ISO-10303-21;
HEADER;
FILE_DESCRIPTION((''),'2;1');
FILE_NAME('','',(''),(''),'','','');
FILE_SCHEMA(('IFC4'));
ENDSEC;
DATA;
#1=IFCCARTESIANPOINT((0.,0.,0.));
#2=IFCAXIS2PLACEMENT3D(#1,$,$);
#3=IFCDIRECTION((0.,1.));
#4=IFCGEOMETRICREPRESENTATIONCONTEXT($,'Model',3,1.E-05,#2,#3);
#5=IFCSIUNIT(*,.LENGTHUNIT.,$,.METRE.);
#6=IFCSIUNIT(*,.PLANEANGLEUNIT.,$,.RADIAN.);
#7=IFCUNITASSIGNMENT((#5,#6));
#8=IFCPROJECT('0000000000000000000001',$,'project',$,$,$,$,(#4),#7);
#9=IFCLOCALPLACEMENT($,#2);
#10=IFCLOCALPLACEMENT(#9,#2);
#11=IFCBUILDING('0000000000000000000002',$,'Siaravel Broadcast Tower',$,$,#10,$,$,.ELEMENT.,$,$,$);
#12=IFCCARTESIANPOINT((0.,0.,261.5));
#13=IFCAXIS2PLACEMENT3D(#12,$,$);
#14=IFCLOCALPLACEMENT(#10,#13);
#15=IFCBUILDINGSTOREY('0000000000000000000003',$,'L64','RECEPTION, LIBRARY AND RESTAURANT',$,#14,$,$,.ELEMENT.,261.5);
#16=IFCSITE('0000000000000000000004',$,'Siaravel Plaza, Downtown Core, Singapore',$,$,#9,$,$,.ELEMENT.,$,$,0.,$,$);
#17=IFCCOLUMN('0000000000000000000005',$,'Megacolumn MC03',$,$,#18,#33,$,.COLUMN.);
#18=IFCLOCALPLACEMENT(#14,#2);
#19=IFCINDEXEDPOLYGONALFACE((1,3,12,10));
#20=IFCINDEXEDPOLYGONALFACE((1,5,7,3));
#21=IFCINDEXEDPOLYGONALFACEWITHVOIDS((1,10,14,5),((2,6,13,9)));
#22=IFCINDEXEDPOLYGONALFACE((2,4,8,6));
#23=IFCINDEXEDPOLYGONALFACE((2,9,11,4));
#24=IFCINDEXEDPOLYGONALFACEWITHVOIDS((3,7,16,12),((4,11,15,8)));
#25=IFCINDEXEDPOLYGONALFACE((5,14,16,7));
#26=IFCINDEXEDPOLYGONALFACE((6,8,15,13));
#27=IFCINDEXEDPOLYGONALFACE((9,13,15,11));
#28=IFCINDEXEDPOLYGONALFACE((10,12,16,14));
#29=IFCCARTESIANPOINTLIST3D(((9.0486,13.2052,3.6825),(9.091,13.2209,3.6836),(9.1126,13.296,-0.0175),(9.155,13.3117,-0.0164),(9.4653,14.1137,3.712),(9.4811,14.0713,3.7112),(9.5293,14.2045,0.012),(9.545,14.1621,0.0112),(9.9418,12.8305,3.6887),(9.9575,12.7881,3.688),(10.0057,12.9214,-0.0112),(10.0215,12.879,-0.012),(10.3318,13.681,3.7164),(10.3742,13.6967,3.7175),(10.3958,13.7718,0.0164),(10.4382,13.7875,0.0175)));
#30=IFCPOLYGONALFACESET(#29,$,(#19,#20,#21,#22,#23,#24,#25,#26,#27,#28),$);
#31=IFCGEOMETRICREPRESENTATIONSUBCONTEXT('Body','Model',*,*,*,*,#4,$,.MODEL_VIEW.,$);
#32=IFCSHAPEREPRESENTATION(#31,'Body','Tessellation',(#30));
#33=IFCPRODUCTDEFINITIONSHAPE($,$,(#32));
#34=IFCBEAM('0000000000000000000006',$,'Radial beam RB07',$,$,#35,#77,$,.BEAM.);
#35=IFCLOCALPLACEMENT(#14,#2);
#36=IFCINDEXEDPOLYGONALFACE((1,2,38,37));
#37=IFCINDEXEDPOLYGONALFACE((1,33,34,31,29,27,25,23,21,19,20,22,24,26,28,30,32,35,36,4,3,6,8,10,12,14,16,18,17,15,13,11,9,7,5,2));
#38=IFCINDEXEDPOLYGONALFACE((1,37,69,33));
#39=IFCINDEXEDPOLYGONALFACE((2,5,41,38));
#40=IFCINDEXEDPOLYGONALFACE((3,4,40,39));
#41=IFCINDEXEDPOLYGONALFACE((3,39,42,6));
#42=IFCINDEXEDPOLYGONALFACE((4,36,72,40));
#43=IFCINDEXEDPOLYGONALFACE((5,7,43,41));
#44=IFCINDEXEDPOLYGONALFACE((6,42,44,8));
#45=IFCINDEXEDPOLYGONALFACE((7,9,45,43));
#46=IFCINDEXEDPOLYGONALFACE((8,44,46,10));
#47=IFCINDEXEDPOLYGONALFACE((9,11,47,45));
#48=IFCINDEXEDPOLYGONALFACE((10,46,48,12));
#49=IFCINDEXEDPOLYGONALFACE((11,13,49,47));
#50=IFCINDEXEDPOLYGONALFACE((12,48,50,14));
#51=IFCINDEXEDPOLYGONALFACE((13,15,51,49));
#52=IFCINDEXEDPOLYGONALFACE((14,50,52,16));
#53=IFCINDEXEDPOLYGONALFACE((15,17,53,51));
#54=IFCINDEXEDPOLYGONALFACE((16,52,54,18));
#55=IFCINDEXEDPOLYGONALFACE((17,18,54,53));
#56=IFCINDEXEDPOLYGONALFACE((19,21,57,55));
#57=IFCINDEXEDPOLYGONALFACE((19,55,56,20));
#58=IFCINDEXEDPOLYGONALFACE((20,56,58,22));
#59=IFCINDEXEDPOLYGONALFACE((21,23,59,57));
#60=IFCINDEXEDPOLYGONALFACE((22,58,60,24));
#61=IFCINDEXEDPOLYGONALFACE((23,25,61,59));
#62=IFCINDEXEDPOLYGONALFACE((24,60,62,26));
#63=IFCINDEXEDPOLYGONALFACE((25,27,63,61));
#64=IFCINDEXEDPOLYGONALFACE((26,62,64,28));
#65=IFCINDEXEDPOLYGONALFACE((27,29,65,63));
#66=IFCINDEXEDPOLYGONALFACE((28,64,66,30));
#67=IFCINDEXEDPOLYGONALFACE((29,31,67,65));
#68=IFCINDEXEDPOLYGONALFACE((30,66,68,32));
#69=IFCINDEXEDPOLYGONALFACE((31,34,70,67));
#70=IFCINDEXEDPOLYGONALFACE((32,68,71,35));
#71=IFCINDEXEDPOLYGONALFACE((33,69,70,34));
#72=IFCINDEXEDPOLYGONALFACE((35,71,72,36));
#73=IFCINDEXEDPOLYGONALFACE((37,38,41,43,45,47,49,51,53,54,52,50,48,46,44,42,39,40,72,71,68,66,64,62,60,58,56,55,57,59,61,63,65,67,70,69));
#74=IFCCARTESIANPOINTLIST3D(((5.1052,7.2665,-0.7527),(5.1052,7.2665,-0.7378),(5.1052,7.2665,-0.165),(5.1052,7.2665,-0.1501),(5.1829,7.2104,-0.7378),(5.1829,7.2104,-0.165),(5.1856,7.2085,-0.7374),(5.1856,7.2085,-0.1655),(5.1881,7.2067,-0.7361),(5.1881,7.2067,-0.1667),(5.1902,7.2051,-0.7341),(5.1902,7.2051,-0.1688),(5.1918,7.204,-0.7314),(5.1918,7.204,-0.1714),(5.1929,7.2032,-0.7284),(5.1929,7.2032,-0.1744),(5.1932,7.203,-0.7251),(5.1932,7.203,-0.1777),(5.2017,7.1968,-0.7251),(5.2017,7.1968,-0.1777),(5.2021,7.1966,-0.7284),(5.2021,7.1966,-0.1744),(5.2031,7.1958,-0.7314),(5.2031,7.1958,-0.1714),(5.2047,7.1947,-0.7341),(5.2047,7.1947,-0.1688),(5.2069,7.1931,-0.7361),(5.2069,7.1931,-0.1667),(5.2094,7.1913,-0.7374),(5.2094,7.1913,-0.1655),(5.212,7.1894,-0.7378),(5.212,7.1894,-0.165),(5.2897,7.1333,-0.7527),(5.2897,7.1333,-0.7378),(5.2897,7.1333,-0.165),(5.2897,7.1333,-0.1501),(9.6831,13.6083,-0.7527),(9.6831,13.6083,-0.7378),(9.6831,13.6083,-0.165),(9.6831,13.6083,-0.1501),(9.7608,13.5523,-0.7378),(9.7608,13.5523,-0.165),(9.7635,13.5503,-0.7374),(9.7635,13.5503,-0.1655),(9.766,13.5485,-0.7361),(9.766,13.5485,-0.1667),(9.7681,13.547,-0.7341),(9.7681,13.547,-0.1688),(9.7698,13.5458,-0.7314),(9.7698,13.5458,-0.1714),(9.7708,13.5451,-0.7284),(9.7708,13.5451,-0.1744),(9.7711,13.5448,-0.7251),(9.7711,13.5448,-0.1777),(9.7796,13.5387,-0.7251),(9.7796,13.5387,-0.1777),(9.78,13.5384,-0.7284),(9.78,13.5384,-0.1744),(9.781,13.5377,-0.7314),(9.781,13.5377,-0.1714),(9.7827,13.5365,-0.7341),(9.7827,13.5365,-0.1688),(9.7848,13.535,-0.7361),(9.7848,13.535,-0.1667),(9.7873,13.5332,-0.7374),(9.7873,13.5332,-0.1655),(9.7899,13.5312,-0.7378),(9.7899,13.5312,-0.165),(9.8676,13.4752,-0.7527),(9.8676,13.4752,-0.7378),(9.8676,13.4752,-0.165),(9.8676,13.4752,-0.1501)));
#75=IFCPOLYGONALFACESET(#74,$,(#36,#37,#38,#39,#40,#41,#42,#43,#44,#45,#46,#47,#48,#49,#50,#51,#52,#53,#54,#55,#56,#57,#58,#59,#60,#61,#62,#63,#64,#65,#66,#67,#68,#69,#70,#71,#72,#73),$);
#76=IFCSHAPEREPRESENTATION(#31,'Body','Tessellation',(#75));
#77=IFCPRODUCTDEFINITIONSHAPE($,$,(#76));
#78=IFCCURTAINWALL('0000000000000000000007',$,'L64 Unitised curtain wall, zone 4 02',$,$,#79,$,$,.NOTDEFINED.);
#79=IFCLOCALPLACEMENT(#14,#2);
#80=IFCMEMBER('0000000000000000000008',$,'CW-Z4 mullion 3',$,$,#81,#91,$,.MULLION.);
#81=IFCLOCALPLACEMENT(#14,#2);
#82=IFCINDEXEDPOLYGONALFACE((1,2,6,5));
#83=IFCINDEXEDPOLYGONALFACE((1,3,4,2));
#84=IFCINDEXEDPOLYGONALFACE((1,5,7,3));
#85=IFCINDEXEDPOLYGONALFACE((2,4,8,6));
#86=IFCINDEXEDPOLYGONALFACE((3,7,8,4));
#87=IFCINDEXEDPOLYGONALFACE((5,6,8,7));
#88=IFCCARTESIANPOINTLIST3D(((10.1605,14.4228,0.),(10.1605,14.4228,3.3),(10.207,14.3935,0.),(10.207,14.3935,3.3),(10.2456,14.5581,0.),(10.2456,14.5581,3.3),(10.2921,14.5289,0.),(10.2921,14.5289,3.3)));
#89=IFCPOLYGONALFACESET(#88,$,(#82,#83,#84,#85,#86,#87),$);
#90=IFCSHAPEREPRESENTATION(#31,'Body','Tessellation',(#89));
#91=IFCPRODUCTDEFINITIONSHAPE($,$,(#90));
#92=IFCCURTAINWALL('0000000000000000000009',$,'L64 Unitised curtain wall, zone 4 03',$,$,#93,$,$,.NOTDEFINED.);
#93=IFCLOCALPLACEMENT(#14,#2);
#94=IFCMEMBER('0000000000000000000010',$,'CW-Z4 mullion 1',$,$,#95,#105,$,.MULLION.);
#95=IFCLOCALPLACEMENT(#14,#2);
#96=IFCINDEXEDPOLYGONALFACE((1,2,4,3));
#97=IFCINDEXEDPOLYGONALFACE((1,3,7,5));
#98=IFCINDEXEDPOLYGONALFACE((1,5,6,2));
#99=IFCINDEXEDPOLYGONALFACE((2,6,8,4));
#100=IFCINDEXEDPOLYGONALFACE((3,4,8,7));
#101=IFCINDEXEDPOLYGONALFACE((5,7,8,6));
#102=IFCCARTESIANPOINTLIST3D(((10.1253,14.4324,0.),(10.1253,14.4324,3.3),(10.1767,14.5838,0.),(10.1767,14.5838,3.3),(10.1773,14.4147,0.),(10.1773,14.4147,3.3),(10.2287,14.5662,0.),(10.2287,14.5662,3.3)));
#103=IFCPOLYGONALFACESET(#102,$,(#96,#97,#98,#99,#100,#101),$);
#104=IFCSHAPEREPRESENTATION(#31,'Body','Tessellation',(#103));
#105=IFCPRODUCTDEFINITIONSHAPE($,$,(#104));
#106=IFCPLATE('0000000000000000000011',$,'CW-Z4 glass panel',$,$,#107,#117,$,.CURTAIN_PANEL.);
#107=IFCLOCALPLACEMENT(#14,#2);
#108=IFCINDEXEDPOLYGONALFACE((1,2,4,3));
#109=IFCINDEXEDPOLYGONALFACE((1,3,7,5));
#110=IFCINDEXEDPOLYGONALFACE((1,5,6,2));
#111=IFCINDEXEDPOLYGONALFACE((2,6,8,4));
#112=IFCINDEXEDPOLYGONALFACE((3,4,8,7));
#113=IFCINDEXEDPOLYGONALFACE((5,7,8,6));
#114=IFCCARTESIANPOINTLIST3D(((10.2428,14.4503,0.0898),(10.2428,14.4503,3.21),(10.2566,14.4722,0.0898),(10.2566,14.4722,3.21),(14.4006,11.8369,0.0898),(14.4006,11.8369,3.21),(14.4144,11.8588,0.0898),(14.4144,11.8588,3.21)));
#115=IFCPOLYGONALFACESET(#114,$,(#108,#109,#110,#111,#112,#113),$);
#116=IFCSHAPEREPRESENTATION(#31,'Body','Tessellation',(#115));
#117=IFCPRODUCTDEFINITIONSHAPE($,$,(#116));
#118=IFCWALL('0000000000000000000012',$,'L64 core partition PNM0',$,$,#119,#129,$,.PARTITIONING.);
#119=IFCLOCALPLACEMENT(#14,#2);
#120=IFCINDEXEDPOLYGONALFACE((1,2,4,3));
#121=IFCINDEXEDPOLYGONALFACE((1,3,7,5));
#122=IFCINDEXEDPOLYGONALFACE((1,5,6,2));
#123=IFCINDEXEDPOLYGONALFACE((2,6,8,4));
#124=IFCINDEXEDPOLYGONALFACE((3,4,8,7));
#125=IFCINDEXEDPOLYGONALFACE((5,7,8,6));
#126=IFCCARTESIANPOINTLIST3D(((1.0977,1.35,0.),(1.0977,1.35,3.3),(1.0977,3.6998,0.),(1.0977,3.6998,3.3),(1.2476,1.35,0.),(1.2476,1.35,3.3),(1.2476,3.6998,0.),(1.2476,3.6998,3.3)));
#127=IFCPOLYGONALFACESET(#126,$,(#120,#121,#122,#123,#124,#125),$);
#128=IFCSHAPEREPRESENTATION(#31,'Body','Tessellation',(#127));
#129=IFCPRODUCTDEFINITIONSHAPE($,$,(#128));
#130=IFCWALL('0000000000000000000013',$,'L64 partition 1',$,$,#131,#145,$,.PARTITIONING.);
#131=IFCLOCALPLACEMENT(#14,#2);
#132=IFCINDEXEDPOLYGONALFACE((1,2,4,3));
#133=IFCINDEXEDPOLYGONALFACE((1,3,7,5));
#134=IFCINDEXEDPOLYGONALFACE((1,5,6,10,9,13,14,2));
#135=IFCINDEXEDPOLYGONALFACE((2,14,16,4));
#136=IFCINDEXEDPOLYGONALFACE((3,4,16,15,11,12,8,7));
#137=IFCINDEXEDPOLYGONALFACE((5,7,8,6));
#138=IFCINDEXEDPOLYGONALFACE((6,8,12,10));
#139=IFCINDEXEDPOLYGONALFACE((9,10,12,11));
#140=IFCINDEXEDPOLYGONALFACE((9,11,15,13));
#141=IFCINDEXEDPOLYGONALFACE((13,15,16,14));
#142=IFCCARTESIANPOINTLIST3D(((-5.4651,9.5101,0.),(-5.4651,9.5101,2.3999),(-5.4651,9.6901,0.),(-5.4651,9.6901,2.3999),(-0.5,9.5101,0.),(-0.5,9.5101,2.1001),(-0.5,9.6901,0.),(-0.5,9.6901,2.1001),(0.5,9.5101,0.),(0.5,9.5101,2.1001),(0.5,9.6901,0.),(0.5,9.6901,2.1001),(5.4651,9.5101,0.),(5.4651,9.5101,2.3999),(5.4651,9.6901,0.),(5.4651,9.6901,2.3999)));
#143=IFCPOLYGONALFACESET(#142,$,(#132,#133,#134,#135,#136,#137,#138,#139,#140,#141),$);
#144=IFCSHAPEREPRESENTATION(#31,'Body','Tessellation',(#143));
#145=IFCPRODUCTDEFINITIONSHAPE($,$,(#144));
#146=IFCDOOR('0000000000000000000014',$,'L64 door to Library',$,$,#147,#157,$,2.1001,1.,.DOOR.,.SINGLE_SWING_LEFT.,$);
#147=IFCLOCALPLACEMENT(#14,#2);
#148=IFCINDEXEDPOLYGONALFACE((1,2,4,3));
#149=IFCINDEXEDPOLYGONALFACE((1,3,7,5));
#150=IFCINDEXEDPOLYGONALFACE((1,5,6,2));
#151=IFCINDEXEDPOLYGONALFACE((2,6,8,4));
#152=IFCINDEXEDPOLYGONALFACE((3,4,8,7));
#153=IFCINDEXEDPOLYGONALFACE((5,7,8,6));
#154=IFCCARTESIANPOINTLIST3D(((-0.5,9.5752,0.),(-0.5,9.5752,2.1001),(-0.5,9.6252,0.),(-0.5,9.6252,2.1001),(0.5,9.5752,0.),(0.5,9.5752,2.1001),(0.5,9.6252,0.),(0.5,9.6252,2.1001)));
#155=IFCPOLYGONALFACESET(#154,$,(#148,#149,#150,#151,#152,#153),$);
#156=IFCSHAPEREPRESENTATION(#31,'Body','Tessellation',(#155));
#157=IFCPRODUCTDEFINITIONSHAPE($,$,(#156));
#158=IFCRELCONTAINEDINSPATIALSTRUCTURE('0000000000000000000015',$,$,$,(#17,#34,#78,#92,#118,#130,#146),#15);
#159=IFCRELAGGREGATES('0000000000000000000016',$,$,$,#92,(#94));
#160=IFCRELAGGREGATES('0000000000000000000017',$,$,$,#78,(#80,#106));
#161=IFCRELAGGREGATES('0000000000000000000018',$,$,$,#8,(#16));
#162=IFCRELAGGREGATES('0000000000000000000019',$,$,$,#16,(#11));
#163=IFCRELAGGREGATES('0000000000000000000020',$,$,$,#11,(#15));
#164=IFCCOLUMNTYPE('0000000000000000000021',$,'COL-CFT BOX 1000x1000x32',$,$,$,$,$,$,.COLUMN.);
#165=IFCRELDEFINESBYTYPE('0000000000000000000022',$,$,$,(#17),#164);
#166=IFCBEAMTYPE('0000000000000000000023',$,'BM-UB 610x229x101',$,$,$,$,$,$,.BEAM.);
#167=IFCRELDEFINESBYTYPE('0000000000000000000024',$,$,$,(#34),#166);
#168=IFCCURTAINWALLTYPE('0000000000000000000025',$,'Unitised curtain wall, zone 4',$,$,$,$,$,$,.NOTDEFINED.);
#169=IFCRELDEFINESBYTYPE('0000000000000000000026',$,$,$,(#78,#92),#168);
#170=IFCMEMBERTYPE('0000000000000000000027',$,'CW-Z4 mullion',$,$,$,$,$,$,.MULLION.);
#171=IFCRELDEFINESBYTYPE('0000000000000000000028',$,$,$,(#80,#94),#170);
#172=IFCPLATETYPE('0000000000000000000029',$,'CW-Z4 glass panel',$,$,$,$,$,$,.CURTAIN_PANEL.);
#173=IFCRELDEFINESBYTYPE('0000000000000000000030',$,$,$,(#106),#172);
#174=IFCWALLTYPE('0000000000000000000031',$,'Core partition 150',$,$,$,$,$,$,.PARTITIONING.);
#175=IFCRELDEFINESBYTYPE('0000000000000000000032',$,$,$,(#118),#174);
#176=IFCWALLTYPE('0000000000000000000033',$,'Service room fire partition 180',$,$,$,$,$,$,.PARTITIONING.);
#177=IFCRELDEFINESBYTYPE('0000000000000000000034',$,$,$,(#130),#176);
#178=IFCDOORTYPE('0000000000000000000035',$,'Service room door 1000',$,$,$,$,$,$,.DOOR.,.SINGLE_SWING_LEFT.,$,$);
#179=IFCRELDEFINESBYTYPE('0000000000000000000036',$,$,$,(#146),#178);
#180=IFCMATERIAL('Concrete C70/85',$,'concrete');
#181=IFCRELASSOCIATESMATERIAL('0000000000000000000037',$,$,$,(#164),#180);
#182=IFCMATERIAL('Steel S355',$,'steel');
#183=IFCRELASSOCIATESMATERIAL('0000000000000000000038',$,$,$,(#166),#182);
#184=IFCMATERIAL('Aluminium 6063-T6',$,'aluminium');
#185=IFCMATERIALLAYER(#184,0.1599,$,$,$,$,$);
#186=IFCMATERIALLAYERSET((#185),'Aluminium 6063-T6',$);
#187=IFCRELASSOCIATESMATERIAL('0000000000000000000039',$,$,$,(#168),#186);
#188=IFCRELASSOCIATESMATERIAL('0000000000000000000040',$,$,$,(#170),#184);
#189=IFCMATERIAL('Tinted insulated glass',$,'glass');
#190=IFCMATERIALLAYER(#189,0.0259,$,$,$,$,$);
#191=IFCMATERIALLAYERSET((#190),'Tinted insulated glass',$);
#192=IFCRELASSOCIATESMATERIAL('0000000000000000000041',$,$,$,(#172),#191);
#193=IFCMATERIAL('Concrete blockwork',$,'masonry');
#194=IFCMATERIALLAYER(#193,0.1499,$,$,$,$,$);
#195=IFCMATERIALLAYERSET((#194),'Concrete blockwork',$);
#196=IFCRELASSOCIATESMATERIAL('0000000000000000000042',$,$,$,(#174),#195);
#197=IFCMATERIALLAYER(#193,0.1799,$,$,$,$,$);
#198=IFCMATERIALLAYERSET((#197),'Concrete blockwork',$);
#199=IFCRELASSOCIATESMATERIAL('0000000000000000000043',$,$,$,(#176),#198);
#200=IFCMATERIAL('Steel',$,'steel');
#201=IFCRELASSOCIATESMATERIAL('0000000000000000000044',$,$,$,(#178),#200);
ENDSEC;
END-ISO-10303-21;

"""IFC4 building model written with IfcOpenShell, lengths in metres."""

from ifc_helpers import new_model, si_unit, direction, frame, frame_2d, origin, origin_2d, place, context, subcontext, project, spatial, rectangle, hollow_rectangle, i_section, extrude, material, layer, layer_set, material_profile, profile_set, type_object, element, fill, aggregate, save


model = new_model("IFC4")

# Units and contexts
model_context = context("Model", 3, precision=1e-05, world=origin(), true_north=direction((0.0, 1.0)))
body_context = subcontext(model_context, "Body", "Model", "MODEL_VIEW")
ifc_project = project(units=[si_unit("LENGTHUNIT", "METRE"), si_unit("PLANEANGLEUNIT", "RADIAN")], contexts=[model_context])

# Site, building, storey
site_placement = place(None, origin())
site = spatial("IfcSite", under=ifc_project, at=site_placement, Name="Siaravel Plaza, Downtown Core, Singapore", CompositionType="ELEMENT", RefElevation=0.0)
building_placement = place(site_placement, origin())
building = spatial("IfcBuilding", under=site, at=building_placement, Name="Siaravel Broadcast Tower", CompositionType="ELEMENT")
storey_placement = place(building_placement, frame((0.0, 0.0, 261.5)))
storey = spatial("IfcBuildingStorey", under=building, at=storey_placement, Name="L64", Description="RECEPTION, LIBRARY AND RESTAURANT", CompositionType="ELEMENT", Elevation=261.5)

# Column
ifc_material_1 = material(Name="Concrete C70/85", Category="concrete")
ifc_material_profile_1 = material_profile(ifc_material_1, hollow_rectangle(XDim=1.0, YDim=1.0, WallThickness=0.032, at=origin_2d()))
ifc_profile_set_1 = profile_set([ifc_material_profile_1], Name="Concrete C70/85")
column_type = type_object("IfcColumnType", Name="COL-CFT BOX 1000x1000x32", PredefinedType="COLUMN", material=ifc_profile_set_1)
column_placement = place(storey_placement, frame((9.7754, 13.5417, 0.0), z_axis=(-0.01728, -0.024535, 0.99955), x_axis=(0.908883, -0.417016, 0.005477)))
element("IfcColumn", 1, at=column_placement, inside=storey, type_object=column_type, Name="Megacolumn MC03", PredefinedType="COLUMN", context=body_context, shape_type="SweptSolid", body=[
    extrude(hollow_rectangle(XDim=1.0, YDim=1.0, WallThickness=0.032, at=origin_2d()), origin(), (0.0, 0.0, 1.0), 3.7017),
])

# Beam
ifc_material_2 = material(Name="Steel S355", Category="steel")
ifc_material_profile_2 = material_profile(ifc_material_2, i_section(OverallWidth=0.2275, OverallDepth=0.6025, WebThickness=0.0105, FlangeThickness=0.0149, FilletRadius=0.0127, at=origin_2d()))
ifc_profile_set_2 = profile_set([ifc_material_profile_2], Name="Steel S355")
beam_type = type_object("IfcBeamType", Name="BM-UB 610x229x101", PredefinedType="BEAM", material=ifc_profile_set_2)
beam_placement = place(storey_placement, frame((9.7754, 13.5417, -0.4514), z_axis=(-0.585297, -0.810819, 0.0), x_axis=(0.810819, -0.585297, 0.0)))
element("IfcBeam", 2, at=beam_placement, inside=storey, type_object=beam_type, Name="Radial beam RB07", PredefinedType="BEAM", context=body_context, shape_type="SweptSolid", body=[
    extrude(i_section(OverallWidth=0.2275, OverallDepth=0.6025, WebThickness=0.0105, FlangeThickness=0.0149, FilletRadius=0.0127, at=origin_2d()), origin(), (0.0, 0.0, 1.0), 7.8215),
])

# Curtain walls, members
ifc_material_3 = material(Name="Aluminium 6063-T6", Category="aluminium")
ifc_layer_1 = layer(ifc_material_3, 0.1599)
ifc_layer_set_1 = layer_set([ifc_layer_1], Name="Aluminium 6063-T6")
curtain_wall_type = type_object("IfcCurtainWallType", Name="Unitised curtain wall, zone 4", PredefinedType="NOTDEFINED", material=ifc_layer_set_1)
curtain_wall_1_placement = place(storey_placement, origin())
curtain_wall_1 = element("IfcCurtainWall", 3, at=curtain_wall_1_placement, inside=storey, type_object=curtain_wall_type, Name="L64 Unitised curtain wall, zone 4 02", PredefinedType="NOTDEFINED")
ifc_material_profile_3 = material_profile(ifc_material_3, rectangle(XDim=0.1599, YDim=0.0549, at=origin_2d()))
ifc_profile_set_3 = profile_set([ifc_material_profile_3], Name="Aluminium 6063-T6")
member_type = type_object("IfcMemberType", Name="CW-Z4 mullion", PredefinedType="MULLION", material=ifc_profile_set_3)
member_1_placement = place(storey_placement, frame((10.2263, 14.4758, 0.0), z_axis=(0.0, 0.0, 1.0), x_axis=(-0.532151, -0.84665, 0.0)))
member_1 = element("IfcMember", 4, at=member_1_placement, type_object=member_type, Name="CW-Z4 mullion 3", PredefinedType="MULLION", context=body_context, shape_type="SweptSolid", body=[
    extrude(rectangle(XDim=0.1599, YDim=0.0549, at=origin_2d()), origin(), (0.0, 0.0, 1.0), 3.3),
])
curtain_wall_2_placement = place(storey_placement, origin())
curtain_wall_2 = element("IfcCurtainWall", 5, at=curtain_wall_2_placement, inside=storey, type_object=curtain_wall_type, Name="L64 Unitised curtain wall, zone 4 03", PredefinedType="NOTDEFINED")
member_2_placement = place(storey_placement, frame((10.177, 14.4993, 0.0), z_axis=(0.0, 0.0, 1.0), x_axis=(-0.321302, -0.946977, 0.0)))
member_2 = element("IfcMember", 6, at=member_2_placement, type_object=member_type, Name="CW-Z4 mullion 1", PredefinedType="MULLION", context=body_context, shape_type="SweptSolid", body=[
    extrude(rectangle(XDim=0.1599, YDim=0.0549, at=origin_2d()), origin(), (0.0, 0.0, 1.0), 3.3),
])
aggregate(curtain_wall_2, [member_2])

# Plate
ifc_material_4 = material(Name="Tinted insulated glass", Category="glass")
ifc_layer_2 = layer(ifc_material_4, 0.0259)
ifc_layer_set_2 = layer_set([ifc_layer_2], Name="Tinted insulated glass")
plate_type = type_object("IfcPlateType", Name="CW-Z4 glass panel", PredefinedType="CURTAIN_PANEL", material=ifc_layer_set_2)
plate_placement = place(storey_placement, frame((12.3286, 13.1545, 0.0898), z_axis=(0.0, 0.0, 1.0), x_axis=(-0.84665, 0.532151, 0.0)))
plate = element("IfcPlate", 7, at=plate_placement, type_object=plate_type, Name="CW-Z4 glass panel", PredefinedType="CURTAIN_PANEL", context=body_context, shape_type="SweptSolid", body=[
    extrude(rectangle(XDim=4.9109, YDim=0.0259, at=origin_2d()), origin(), (0.0, 0.0, 1.0), 3.1201),
])
aggregate(curtain_wall_1, [member_1, plate])

# Wall
ifc_material_5 = material(Name="Concrete blockwork", Category="masonry")
ifc_layer_3 = layer(ifc_material_5, 0.1499)
ifc_layer_set_3 = layer_set([ifc_layer_3], Name="Concrete blockwork")
wall_type_1 = type_object("IfcWallType", Name="Core partition 150", PredefinedType="PARTITIONING", material=ifc_layer_set_3)
wall_1_placement = place(storey_placement, frame((1.1726, 1.3501, 0.0), z_axis=(0.0, 0.0, 1.0), x_axis=(0.0, 1.0, 0.0)))
element("IfcWall", 8, at=wall_1_placement, inside=storey, type_object=wall_type_1, Name="L64 core partition PNM0", PredefinedType="PARTITIONING", context=body_context, shape_type="SweptSolid", body=[
    extrude(rectangle(XDim=2.3499, YDim=0.1499, at=frame_2d((1.1748, 0.0))), origin(), (0.0, 0.0, 1.0), 3.3),
])

# Wall, opening, door
ifc_layer_4 = layer(ifc_material_5, 0.1799)
ifc_layer_set_4 = layer_set([ifc_layer_4], Name="Concrete blockwork")
wall_type_2 = type_object("IfcWallType", Name="Service room fire partition 180", PredefinedType="PARTITIONING", material=ifc_layer_set_4)
wall_2_placement = place(storey_placement, frame((5.4651, 9.6001, 0.0), z_axis=(0.0, 0.0, 1.0), x_axis=(-1.0, 0.0, 0.0)))
wall_2 = element("IfcWall", 9, at=wall_2_placement, inside=storey, type_object=wall_type_2, Name="L64 partition 1", PredefinedType="PARTITIONING", context=body_context, shape_type="SweptSolid", body=[
    extrude(rectangle(XDim=10.9302, YDim=0.1799, at=frame_2d((5.4651, 0.0))), origin(), (0.0, 0.0, 1.0), 2.3999),
])
opening_1_placement = place(wall_2_placement, frame((4.9651, 0.0, 0.0)))
opening_1 = element("IfcOpeningElement", 10, at=opening_1_placement, cuts=wall_2, PredefinedType="OPENING", context=body_context, shape_type="SweptSolid", body=[
    extrude(rectangle(XDim=1.0, YDim=2.1001, at=frame_2d((0.5, 1.05))), frame((0.0, 0.0999, 0.0), z_axis=(0.0, -1.0, 0.0), x_axis=(1.0, 0.0, 0.0)), (0.0, 0.0, 1.0), 0.2),
])
ifc_material_6 = material(Name="Steel", Category="steel")
door_type_1 = type_object("IfcDoorType", Name="Service room door 1000", OperationType="SINGLE_SWING_LEFT", PredefinedType="DOOR", material=ifc_material_6)
door_1_placement = place(opening_1_placement, origin())
door_1 = element("IfcDoor", 11, at=door_1_placement, inside=storey, type_object=door_type_1, Name="L64 door to Library", OperationType="SINGLE_SWING_LEFT", OverallHeight=2.1001, OverallWidth=1.0, PredefinedType="DOOR", context=body_context, shape_type="SweptSolid", body=[
    extrude(rectangle(XDim=1.0, YDim=2.1001, at=frame_2d((0.5, 1.05))), frame((0.0, 0.0249, 0.0), z_axis=(0.0, -1.0, 0.0), x_axis=(1.0, 0.0, 0.0)), (0.0, 0.0, 1.0), 0.05),
])
fill(opening_1, door_1)

save(model, "model.ifc")
